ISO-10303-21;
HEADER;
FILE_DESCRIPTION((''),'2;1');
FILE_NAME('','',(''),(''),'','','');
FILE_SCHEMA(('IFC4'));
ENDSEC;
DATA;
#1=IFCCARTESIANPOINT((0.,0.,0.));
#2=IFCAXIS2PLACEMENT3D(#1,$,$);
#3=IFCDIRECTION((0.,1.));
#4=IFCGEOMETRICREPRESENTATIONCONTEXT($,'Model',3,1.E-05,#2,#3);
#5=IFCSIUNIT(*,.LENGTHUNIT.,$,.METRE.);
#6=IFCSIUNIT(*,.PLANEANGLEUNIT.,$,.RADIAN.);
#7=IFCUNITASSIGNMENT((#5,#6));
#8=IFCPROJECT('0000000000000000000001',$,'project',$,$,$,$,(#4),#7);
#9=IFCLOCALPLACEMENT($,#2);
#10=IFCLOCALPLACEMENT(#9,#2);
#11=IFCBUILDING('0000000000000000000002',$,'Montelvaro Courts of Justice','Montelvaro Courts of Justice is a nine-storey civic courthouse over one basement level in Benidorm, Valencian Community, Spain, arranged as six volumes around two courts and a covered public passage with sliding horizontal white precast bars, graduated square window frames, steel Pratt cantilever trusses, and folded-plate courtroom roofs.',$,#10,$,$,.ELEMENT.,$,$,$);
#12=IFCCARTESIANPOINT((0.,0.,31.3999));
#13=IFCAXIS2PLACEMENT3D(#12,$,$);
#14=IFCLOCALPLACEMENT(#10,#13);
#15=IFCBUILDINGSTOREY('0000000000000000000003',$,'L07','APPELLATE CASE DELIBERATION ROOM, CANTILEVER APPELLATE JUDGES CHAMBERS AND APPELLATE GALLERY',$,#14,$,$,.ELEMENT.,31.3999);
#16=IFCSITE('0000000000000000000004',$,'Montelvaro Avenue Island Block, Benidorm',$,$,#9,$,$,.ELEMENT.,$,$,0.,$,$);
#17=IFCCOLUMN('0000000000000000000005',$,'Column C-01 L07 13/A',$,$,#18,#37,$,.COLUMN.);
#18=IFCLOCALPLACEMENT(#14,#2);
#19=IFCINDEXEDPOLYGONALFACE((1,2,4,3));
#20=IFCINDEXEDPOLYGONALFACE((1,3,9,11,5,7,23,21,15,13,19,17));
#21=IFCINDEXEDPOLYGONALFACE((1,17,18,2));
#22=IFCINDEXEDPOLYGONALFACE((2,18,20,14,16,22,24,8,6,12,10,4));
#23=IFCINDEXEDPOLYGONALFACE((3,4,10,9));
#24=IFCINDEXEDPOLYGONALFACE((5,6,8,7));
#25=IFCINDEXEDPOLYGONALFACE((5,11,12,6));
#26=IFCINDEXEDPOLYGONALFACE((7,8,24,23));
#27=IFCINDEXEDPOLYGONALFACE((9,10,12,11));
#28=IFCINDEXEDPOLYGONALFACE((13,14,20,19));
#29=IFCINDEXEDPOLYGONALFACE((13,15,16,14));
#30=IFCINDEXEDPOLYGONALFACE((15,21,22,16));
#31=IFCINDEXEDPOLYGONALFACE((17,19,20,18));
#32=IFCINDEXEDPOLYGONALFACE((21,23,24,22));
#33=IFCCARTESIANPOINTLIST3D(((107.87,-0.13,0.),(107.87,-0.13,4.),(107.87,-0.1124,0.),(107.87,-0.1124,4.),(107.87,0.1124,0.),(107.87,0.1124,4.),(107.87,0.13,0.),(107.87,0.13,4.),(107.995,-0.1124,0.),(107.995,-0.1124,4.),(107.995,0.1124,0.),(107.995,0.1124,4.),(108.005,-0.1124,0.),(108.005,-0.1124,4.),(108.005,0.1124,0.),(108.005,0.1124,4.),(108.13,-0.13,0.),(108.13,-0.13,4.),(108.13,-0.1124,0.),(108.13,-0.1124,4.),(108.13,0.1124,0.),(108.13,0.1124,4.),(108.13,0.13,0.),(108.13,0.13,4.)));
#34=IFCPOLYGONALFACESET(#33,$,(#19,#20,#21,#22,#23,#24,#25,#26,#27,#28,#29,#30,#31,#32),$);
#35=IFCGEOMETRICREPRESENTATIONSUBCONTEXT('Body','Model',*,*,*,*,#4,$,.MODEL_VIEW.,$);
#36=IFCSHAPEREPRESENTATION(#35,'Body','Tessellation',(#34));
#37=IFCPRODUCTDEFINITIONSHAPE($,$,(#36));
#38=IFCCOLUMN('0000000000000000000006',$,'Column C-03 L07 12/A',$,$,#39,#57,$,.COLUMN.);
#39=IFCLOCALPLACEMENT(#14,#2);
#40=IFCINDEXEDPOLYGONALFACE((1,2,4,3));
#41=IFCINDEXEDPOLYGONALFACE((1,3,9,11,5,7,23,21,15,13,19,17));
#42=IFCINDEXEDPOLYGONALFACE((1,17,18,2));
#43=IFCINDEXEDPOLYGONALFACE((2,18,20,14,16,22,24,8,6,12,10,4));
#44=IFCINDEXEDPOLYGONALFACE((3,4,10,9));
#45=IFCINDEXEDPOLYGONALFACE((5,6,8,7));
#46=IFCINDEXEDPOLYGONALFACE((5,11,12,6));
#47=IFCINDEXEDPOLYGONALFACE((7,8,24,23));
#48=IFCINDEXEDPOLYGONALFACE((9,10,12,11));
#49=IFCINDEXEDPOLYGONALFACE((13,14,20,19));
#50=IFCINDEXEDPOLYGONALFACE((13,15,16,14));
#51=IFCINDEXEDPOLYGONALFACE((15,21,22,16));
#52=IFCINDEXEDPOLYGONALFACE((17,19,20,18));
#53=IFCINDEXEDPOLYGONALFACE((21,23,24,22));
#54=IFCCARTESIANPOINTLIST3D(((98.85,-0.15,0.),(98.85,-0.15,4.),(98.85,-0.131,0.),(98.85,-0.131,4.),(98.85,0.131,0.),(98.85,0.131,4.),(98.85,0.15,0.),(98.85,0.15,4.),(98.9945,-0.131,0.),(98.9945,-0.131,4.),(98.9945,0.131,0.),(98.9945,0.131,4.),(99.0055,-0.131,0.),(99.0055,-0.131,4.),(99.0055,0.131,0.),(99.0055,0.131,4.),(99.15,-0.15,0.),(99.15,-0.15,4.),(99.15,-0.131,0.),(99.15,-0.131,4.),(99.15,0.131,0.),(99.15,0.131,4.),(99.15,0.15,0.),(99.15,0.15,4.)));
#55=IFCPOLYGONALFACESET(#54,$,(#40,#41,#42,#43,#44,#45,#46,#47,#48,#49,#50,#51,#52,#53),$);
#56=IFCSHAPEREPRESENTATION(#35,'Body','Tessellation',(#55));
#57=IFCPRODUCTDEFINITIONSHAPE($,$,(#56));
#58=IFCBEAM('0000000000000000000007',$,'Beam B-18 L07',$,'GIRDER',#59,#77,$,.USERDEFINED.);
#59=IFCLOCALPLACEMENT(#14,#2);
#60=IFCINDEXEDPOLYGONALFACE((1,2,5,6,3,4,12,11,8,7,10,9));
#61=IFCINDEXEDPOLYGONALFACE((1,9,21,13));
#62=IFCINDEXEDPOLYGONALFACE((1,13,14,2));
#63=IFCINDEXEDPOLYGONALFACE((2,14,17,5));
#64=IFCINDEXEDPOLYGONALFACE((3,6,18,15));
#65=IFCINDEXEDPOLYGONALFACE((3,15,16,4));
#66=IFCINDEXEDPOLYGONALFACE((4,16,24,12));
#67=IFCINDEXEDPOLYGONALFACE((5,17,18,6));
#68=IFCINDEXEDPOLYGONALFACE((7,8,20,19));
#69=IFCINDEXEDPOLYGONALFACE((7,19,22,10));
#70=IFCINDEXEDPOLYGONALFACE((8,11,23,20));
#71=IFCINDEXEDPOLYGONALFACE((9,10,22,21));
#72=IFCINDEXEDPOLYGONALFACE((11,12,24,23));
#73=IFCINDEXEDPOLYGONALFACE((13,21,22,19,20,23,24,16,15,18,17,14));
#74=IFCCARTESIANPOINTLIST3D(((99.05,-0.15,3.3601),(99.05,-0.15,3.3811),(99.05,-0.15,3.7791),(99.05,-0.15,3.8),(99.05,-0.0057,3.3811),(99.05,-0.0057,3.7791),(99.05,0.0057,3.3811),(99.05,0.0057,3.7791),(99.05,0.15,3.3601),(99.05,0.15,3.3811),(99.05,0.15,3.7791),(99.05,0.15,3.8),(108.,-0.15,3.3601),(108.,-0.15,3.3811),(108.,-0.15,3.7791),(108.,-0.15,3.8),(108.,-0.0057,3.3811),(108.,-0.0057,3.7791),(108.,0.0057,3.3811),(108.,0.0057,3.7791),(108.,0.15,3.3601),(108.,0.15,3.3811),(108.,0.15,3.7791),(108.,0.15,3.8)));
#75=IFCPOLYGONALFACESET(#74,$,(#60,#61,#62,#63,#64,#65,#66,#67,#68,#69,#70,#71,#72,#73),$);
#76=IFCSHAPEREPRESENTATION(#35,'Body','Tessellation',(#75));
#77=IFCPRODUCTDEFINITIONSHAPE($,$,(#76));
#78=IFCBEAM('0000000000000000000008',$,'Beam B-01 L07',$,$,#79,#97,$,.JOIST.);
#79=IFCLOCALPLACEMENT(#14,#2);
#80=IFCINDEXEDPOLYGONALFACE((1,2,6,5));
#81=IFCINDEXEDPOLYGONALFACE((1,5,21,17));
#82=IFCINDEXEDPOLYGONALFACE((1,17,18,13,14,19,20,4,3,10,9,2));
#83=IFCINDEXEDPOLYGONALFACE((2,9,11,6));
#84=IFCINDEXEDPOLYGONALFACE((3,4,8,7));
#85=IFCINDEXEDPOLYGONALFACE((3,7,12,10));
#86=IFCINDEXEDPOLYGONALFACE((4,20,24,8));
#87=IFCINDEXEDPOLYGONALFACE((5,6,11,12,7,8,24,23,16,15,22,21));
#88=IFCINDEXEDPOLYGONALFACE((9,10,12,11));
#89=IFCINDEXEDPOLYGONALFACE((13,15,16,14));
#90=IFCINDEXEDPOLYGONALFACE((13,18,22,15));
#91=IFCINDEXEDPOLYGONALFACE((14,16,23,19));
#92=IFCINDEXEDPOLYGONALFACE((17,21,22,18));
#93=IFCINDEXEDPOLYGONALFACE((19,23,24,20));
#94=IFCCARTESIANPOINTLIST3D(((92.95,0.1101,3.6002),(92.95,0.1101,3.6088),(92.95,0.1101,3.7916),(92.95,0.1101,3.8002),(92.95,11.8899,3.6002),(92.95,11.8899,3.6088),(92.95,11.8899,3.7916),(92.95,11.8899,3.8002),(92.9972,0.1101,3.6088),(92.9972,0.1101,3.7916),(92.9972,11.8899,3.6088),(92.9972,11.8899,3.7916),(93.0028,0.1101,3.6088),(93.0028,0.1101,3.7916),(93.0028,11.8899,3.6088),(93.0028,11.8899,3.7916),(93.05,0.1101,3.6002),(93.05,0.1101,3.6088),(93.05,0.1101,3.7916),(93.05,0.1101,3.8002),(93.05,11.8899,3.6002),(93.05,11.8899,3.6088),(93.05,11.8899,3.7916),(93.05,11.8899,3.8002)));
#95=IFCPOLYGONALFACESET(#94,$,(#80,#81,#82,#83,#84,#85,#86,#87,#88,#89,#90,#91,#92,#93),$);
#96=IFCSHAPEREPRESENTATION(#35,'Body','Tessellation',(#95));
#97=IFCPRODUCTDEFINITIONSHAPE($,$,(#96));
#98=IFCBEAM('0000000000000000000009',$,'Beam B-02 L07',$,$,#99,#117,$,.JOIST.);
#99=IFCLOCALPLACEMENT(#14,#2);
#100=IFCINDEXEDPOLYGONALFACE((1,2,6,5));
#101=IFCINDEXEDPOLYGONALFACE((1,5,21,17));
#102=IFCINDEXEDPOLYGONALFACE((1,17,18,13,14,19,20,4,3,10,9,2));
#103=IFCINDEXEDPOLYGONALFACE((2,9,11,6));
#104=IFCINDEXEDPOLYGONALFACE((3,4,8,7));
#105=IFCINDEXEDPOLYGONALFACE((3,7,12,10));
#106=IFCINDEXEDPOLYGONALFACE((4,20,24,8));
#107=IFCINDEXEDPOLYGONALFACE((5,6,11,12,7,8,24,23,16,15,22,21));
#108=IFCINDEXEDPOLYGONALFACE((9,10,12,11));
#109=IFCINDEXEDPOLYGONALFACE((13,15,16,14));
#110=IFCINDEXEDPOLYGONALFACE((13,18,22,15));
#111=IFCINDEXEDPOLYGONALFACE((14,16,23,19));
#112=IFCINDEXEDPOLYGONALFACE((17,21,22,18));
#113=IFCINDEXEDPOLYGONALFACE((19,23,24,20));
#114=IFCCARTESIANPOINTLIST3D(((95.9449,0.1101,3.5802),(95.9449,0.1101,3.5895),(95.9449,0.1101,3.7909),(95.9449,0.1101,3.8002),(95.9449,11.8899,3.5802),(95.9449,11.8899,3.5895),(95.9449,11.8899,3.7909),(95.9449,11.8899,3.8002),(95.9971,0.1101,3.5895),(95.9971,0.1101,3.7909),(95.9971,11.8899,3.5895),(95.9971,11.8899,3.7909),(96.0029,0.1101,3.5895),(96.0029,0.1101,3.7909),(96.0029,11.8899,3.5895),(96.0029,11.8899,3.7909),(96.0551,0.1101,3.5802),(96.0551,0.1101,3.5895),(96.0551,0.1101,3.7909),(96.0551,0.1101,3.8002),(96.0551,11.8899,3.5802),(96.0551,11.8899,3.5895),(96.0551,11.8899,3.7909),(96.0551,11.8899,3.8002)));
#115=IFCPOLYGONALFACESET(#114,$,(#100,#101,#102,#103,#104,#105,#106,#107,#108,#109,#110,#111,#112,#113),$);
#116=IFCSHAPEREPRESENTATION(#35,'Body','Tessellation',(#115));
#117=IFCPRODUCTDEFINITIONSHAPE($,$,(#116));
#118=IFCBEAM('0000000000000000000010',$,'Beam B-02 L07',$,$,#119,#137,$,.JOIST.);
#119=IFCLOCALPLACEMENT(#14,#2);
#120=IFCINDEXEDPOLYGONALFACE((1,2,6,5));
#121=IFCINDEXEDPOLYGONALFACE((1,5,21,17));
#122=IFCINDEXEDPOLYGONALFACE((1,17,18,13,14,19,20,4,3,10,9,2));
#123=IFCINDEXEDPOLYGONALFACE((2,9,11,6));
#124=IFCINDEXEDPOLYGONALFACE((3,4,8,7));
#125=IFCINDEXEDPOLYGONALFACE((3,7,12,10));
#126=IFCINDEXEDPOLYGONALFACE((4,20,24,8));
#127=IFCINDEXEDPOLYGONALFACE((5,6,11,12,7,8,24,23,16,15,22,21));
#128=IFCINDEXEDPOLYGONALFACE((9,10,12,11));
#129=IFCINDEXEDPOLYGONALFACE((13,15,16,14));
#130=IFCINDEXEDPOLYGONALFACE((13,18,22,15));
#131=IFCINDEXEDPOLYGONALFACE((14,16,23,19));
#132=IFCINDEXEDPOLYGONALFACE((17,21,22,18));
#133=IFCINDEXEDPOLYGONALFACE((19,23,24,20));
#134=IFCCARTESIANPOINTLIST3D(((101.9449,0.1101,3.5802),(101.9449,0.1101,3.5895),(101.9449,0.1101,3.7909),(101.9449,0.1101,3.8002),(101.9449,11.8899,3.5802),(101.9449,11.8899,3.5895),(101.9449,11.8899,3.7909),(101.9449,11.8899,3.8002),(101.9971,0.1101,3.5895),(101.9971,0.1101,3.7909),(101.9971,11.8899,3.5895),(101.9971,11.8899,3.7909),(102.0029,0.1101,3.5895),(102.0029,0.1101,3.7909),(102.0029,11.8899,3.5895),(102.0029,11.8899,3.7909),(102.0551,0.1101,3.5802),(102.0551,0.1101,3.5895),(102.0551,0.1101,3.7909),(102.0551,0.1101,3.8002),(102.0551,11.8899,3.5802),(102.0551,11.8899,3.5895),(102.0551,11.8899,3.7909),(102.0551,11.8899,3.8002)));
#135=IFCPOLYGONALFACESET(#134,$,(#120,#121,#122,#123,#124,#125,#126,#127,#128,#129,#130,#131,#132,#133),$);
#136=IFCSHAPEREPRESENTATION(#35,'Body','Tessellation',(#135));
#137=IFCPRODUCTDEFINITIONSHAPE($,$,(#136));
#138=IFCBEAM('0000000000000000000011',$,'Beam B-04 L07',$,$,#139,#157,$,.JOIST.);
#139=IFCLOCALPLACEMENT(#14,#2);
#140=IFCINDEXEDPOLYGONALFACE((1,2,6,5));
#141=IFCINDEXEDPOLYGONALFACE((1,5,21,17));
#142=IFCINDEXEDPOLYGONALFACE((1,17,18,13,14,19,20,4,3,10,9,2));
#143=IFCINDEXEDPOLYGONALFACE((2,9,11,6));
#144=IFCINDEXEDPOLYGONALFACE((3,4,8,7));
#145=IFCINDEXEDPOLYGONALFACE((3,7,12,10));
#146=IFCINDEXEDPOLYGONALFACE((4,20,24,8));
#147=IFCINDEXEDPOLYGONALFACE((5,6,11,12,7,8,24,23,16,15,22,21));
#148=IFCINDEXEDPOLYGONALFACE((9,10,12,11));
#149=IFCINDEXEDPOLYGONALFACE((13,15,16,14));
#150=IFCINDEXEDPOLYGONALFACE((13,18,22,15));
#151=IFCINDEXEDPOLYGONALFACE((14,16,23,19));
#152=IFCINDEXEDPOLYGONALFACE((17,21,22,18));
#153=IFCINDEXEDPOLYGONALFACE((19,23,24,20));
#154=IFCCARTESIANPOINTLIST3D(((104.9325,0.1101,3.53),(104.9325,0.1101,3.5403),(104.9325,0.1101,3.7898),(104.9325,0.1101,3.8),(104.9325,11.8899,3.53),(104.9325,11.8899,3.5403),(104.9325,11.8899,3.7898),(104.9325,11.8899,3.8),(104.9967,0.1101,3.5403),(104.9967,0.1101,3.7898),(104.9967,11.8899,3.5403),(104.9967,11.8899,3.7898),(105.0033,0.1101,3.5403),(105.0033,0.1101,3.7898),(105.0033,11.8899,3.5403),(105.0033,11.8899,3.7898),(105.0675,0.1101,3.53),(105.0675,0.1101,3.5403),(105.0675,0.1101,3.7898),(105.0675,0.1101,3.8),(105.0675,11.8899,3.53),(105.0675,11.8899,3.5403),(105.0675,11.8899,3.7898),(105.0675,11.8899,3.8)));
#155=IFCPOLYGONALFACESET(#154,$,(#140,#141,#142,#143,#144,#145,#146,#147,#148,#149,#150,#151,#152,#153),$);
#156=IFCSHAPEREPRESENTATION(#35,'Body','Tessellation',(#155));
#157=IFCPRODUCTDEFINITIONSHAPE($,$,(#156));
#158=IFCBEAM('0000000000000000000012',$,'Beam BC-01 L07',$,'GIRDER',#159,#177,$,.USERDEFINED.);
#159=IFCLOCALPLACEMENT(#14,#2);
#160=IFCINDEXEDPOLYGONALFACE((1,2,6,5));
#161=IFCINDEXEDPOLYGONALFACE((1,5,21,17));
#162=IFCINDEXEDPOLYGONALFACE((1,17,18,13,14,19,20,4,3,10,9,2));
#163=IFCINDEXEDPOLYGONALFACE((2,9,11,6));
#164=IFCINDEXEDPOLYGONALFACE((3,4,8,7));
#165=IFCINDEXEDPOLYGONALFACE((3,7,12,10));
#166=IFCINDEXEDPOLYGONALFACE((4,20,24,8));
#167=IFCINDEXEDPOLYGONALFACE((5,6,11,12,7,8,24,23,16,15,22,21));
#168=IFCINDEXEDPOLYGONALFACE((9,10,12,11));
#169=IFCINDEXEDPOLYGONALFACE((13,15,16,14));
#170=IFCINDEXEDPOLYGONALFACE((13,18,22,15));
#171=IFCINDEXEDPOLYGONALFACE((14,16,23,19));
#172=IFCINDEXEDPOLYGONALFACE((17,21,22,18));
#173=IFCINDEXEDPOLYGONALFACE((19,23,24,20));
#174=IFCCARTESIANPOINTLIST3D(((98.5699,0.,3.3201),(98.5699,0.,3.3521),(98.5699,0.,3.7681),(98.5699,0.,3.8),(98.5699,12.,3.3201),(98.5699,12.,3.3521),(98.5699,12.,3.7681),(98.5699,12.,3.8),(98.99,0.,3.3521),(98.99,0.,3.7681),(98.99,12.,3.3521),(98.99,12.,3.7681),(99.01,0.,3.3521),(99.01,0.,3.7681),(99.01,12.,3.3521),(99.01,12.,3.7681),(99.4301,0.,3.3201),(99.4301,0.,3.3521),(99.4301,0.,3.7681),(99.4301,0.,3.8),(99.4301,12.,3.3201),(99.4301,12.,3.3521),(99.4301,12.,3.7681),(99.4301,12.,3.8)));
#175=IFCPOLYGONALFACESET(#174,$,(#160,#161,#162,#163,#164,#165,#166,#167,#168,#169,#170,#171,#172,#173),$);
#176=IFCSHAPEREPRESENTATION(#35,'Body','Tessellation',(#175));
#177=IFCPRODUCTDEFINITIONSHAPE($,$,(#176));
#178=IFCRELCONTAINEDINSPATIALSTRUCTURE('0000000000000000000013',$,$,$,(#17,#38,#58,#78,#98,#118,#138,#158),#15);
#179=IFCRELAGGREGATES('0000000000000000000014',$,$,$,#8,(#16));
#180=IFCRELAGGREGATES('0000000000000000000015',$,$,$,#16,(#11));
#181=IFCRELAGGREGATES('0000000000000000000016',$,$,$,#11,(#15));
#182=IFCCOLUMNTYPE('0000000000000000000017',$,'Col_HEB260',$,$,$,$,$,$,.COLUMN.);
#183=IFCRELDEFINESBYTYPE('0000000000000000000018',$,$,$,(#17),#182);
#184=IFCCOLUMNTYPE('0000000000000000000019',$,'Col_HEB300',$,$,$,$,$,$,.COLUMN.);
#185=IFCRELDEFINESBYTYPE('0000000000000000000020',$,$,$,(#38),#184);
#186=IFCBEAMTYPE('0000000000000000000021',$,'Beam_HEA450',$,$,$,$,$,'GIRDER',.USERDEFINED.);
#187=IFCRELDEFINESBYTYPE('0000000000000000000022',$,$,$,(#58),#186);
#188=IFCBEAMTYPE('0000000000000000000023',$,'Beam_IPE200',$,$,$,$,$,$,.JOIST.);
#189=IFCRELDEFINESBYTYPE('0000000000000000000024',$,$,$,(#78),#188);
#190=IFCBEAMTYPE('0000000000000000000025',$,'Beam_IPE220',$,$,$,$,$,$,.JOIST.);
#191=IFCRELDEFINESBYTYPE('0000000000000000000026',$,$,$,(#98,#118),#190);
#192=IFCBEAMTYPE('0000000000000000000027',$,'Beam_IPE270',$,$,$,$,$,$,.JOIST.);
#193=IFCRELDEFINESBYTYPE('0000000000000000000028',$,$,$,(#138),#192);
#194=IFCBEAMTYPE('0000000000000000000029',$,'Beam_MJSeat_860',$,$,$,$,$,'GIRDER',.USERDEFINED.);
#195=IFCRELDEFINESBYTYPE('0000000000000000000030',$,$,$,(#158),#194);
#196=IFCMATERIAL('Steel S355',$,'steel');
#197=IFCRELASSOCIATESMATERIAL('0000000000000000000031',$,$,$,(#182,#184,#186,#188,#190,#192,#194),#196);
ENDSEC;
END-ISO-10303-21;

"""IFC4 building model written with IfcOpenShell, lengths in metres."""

from ifc_helpers import new_model, si_unit, direction, frame, origin, origin_2d, place, context, subcontext, project, spatial, i_section, extrude, material, material_profile, profile_set, type_object, element, save


model = new_model("IFC4")

# Units and contexts
model_context = context("Model", 3, precision=1e-05, world=origin(), true_north=direction((0.0, 1.0)))
body_context = subcontext(model_context, "Body", "Model", "MODEL_VIEW")
ifc_project = project(units=[si_unit("LENGTHUNIT", "METRE"), si_unit("PLANEANGLEUNIT", "RADIAN")], contexts=[model_context])

# Site, building, storey
site_placement = place(None, origin())
site = spatial("IfcSite", under=ifc_project, at=site_placement, Name="Montelvaro Avenue Island Block, Benidorm", CompositionType="ELEMENT", RefElevation=0.0)
building_placement = place(site_placement, origin())
building = spatial("IfcBuilding", under=site, at=building_placement, Name="Montelvaro Courts of Justice", Description="Montelvaro Courts of Justice is a nine-storey civic courthouse over one basement level in Benidorm, Valencian Community, Spain, arranged as six volumes around two courts and a covered public passage with sliding horizontal white precast bars, graduated square window frames, steel Pratt cantilever trusses, and folded-plate courtroom roofs.", CompositionType="ELEMENT")
storey_placement = place(building_placement, frame((0.0, 0.0, 31.3999)))
storey = spatial("IfcBuildingStorey", under=building, at=storey_placement, Name="L07", Description="APPELLATE CASE DELIBERATION ROOM, CANTILEVER APPELLATE JUDGES CHAMBERS AND APPELLATE GALLERY", CompositionType="ELEMENT", Elevation=31.3999)

# Columns
ifc_material_1 = material(Name="Steel S355", Category="steel")
ifc_material_profile_1 = material_profile(ifc_material_1, i_section(OverallWidth=0.26, OverallDepth=0.26, WebThickness=0.01, FlangeThickness=0.0176, at=origin_2d()), Name="HEB 260")
ifc_profile_set_1 = profile_set([ifc_material_profile_1], Name="Steel S355")
column_type_1 = type_object("IfcColumnType", Name="Col_HEB260", PredefinedType="COLUMN", material=ifc_profile_set_1)
column_1_placement = place(storey_placement, frame((108.0, 0.0, 0.0), z_axis=(0.0, 0.0, 1.0), x_axis=(1.0, 0.0, 0.0)))
element("IfcColumn", 1, at=column_1_placement, inside=storey, type_object=column_type_1, Name="Column C-01 L07 13/A", PredefinedType="COLUMN", context=body_context, shape_type="SweptSolid", body=[
    extrude(i_section(OverallWidth=0.26, OverallDepth=0.26, WebThickness=0.01, FlangeThickness=0.0176, at=origin_2d()), origin(), (0.0, 0.0, 1.0), 4.0),
])
ifc_material_profile_2 = material_profile(ifc_material_1, i_section(OverallWidth=0.3, OverallDepth=0.3, WebThickness=0.011, FlangeThickness=0.019, at=origin_2d()), Name="HEB 300")
ifc_profile_set_2 = profile_set([ifc_material_profile_2], Name="Steel S355")
column_type_2 = type_object("IfcColumnType", Name="Col_HEB300", PredefinedType="COLUMN", material=ifc_profile_set_2)
column_2_placement = place(storey_placement, frame((99.0, 0.0, 0.0), z_axis=(0.0, 0.0, 1.0), x_axis=(1.0, 0.0, 0.0)))
element("IfcColumn", 2, at=column_2_placement, inside=storey, type_object=column_type_2, Name="Column C-03 L07 12/A", PredefinedType="COLUMN", context=body_context, shape_type="SweptSolid", body=[
    extrude(i_section(OverallWidth=0.3, OverallDepth=0.3, WebThickness=0.011, FlangeThickness=0.019, at=origin_2d()), origin(), (0.0, 0.0, 1.0), 4.0),
])

# Beams
ifc_material_profile_3 = material_profile(ifc_material_1, i_section(OverallWidth=0.3, OverallDepth=0.4399, WebThickness=0.0115, FlangeThickness=0.021, at=origin_2d()), Name="HEA 450")
ifc_profile_set_3 = profile_set([ifc_material_profile_3], Name="Steel S355")
beam_type_1 = type_object("IfcBeamType", Name="Beam_HEA450", ElementType="GIRDER", PredefinedType="USERDEFINED", material=ifc_profile_set_3)
beam_1_placement = place(storey_placement, frame((99.05, 0.0, 3.5801), z_axis=(1.0, 0.0, 0.0), x_axis=(0.0, 1.0, 0.0)))
element("IfcBeam", 3, at=beam_1_placement, inside=storey, type_object=beam_type_1, Name="Beam B-18 L07", ObjectType="GIRDER", PredefinedType="USERDEFINED", context=body_context, shape_type="SweptSolid", body=[
    extrude(i_section(OverallWidth=0.3, OverallDepth=0.4399, WebThickness=0.0115, FlangeThickness=0.021, at=origin_2d()), origin(), (0.0, 0.0, 1.0), 8.95),
])
ifc_material_profile_4 = material_profile(ifc_material_1, i_section(OverallWidth=0.1001, OverallDepth=0.2, WebThickness=0.0056, FlangeThickness=0.0085, at=origin_2d()), Name="IPE 200")
ifc_profile_set_4 = profile_set([ifc_material_profile_4], Name="Steel S355")
beam_type_2 = type_object("IfcBeamType", Name="Beam_IPE200", PredefinedType="JOIST", material=ifc_profile_set_4)
beam_2_placement = place(storey_placement, frame((93.0, 0.1101, 3.7002), z_axis=(0.0, 1.0, 0.0), x_axis=(-1.0, 0.0, 0.0)))
element("IfcBeam", 4, at=beam_2_placement, inside=storey, type_object=beam_type_2, Name="Beam B-01 L07", PredefinedType="JOIST", context=body_context, shape_type="SweptSolid", body=[
    extrude(i_section(OverallWidth=0.1001, OverallDepth=0.2, WebThickness=0.0056, FlangeThickness=0.0085, at=origin_2d()), origin(), (0.0, 0.0, 1.0), 11.7798),
])
ifc_material_profile_5 = material_profile(ifc_material_1, i_section(OverallWidth=0.1101, OverallDepth=0.22, WebThickness=0.0059, FlangeThickness=0.0093, at=origin_2d()), Name="IPE 220")
ifc_profile_set_5 = profile_set([ifc_material_profile_5], Name="Steel S355")
beam_type_3 = type_object("IfcBeamType", Name="Beam_IPE220", PredefinedType="JOIST", material=ifc_profile_set_5)
for number, where, z_axis, x_axis, name in (
    (5, (96.0, 0.1101, 3.6902), (0.0, 1.0, 0.0), (-1.0, 0.0, 0.0), "Beam B-02 L07"),
    (6, (102.0, 0.1101, 3.6902), (0.0, 1.0, 0.0), (-1.0, 0.0, 0.0), "Beam B-02 L07"),
):
    element("IfcBeam", number, at=place(storey_placement, frame(where, z_axis=z_axis, x_axis=x_axis)), inside=storey, type_object=beam_type_3, Name=name, PredefinedType="JOIST", context=body_context, shape_type="SweptSolid", body=[
        extrude(i_section(OverallWidth=0.1101, OverallDepth=0.22, WebThickness=0.0059, FlangeThickness=0.0093, at=origin_2d()), origin(), (0.0, 0.0, 1.0), 11.7798),
    ])
ifc_material_profile_6 = material_profile(ifc_material_1, i_section(OverallWidth=0.135, OverallDepth=0.27, WebThickness=0.0066, FlangeThickness=0.0103, at=origin_2d()), Name="IPE 270")
ifc_profile_set_6 = profile_set([ifc_material_profile_6], Name="Steel S355")
beam_type_4 = type_object("IfcBeamType", Name="Beam_IPE270", PredefinedType="JOIST", material=ifc_profile_set_6)
beam_3_placement = place(storey_placement, frame((105.0, 0.1101, 3.665), z_axis=(0.0, 1.0, 0.0), x_axis=(-1.0, 0.0, 0.0)))
element("IfcBeam", 7, at=beam_3_placement, inside=storey, type_object=beam_type_4, Name="Beam B-04 L07", PredefinedType="JOIST", context=body_context, shape_type="SweptSolid", body=[
    extrude(i_section(OverallWidth=0.135, OverallDepth=0.27, WebThickness=0.0066, FlangeThickness=0.0103, at=origin_2d()), origin(), (0.0, 0.0, 1.0), 11.7798),
])
ifc_material_profile_7 = material_profile(ifc_material_1, i_section(OverallWidth=0.8601, OverallDepth=0.48, WebThickness=0.02, FlangeThickness=0.032, at=origin_2d()), Name="HL 480x860")
ifc_profile_set_7 = profile_set([ifc_material_profile_7], Name="Steel S355")
beam_type_5 = type_object("IfcBeamType", Name="Beam_MJSeat_860", ElementType="GIRDER", PredefinedType="USERDEFINED", material=ifc_profile_set_7)
beam_4_placement = place(storey_placement, frame((99.0, 0.0, 3.5601), z_axis=(0.0, 1.0, 0.0), x_axis=(-1.0, 0.0, 0.0)))
element("IfcBeam", 8, at=beam_4_placement, inside=storey, type_object=beam_type_5, Name="Beam BC-01 L07", ObjectType="GIRDER", PredefinedType="USERDEFINED", context=body_context, shape_type="SweptSolid", body=[
    extrude(i_section(OverallWidth=0.8601, OverallDepth=0.48, WebThickness=0.02, FlangeThickness=0.032, at=origin_2d()), origin(), (0.0, 0.0, 1.0), 12.0),
])

save(model, "model.ifc")
